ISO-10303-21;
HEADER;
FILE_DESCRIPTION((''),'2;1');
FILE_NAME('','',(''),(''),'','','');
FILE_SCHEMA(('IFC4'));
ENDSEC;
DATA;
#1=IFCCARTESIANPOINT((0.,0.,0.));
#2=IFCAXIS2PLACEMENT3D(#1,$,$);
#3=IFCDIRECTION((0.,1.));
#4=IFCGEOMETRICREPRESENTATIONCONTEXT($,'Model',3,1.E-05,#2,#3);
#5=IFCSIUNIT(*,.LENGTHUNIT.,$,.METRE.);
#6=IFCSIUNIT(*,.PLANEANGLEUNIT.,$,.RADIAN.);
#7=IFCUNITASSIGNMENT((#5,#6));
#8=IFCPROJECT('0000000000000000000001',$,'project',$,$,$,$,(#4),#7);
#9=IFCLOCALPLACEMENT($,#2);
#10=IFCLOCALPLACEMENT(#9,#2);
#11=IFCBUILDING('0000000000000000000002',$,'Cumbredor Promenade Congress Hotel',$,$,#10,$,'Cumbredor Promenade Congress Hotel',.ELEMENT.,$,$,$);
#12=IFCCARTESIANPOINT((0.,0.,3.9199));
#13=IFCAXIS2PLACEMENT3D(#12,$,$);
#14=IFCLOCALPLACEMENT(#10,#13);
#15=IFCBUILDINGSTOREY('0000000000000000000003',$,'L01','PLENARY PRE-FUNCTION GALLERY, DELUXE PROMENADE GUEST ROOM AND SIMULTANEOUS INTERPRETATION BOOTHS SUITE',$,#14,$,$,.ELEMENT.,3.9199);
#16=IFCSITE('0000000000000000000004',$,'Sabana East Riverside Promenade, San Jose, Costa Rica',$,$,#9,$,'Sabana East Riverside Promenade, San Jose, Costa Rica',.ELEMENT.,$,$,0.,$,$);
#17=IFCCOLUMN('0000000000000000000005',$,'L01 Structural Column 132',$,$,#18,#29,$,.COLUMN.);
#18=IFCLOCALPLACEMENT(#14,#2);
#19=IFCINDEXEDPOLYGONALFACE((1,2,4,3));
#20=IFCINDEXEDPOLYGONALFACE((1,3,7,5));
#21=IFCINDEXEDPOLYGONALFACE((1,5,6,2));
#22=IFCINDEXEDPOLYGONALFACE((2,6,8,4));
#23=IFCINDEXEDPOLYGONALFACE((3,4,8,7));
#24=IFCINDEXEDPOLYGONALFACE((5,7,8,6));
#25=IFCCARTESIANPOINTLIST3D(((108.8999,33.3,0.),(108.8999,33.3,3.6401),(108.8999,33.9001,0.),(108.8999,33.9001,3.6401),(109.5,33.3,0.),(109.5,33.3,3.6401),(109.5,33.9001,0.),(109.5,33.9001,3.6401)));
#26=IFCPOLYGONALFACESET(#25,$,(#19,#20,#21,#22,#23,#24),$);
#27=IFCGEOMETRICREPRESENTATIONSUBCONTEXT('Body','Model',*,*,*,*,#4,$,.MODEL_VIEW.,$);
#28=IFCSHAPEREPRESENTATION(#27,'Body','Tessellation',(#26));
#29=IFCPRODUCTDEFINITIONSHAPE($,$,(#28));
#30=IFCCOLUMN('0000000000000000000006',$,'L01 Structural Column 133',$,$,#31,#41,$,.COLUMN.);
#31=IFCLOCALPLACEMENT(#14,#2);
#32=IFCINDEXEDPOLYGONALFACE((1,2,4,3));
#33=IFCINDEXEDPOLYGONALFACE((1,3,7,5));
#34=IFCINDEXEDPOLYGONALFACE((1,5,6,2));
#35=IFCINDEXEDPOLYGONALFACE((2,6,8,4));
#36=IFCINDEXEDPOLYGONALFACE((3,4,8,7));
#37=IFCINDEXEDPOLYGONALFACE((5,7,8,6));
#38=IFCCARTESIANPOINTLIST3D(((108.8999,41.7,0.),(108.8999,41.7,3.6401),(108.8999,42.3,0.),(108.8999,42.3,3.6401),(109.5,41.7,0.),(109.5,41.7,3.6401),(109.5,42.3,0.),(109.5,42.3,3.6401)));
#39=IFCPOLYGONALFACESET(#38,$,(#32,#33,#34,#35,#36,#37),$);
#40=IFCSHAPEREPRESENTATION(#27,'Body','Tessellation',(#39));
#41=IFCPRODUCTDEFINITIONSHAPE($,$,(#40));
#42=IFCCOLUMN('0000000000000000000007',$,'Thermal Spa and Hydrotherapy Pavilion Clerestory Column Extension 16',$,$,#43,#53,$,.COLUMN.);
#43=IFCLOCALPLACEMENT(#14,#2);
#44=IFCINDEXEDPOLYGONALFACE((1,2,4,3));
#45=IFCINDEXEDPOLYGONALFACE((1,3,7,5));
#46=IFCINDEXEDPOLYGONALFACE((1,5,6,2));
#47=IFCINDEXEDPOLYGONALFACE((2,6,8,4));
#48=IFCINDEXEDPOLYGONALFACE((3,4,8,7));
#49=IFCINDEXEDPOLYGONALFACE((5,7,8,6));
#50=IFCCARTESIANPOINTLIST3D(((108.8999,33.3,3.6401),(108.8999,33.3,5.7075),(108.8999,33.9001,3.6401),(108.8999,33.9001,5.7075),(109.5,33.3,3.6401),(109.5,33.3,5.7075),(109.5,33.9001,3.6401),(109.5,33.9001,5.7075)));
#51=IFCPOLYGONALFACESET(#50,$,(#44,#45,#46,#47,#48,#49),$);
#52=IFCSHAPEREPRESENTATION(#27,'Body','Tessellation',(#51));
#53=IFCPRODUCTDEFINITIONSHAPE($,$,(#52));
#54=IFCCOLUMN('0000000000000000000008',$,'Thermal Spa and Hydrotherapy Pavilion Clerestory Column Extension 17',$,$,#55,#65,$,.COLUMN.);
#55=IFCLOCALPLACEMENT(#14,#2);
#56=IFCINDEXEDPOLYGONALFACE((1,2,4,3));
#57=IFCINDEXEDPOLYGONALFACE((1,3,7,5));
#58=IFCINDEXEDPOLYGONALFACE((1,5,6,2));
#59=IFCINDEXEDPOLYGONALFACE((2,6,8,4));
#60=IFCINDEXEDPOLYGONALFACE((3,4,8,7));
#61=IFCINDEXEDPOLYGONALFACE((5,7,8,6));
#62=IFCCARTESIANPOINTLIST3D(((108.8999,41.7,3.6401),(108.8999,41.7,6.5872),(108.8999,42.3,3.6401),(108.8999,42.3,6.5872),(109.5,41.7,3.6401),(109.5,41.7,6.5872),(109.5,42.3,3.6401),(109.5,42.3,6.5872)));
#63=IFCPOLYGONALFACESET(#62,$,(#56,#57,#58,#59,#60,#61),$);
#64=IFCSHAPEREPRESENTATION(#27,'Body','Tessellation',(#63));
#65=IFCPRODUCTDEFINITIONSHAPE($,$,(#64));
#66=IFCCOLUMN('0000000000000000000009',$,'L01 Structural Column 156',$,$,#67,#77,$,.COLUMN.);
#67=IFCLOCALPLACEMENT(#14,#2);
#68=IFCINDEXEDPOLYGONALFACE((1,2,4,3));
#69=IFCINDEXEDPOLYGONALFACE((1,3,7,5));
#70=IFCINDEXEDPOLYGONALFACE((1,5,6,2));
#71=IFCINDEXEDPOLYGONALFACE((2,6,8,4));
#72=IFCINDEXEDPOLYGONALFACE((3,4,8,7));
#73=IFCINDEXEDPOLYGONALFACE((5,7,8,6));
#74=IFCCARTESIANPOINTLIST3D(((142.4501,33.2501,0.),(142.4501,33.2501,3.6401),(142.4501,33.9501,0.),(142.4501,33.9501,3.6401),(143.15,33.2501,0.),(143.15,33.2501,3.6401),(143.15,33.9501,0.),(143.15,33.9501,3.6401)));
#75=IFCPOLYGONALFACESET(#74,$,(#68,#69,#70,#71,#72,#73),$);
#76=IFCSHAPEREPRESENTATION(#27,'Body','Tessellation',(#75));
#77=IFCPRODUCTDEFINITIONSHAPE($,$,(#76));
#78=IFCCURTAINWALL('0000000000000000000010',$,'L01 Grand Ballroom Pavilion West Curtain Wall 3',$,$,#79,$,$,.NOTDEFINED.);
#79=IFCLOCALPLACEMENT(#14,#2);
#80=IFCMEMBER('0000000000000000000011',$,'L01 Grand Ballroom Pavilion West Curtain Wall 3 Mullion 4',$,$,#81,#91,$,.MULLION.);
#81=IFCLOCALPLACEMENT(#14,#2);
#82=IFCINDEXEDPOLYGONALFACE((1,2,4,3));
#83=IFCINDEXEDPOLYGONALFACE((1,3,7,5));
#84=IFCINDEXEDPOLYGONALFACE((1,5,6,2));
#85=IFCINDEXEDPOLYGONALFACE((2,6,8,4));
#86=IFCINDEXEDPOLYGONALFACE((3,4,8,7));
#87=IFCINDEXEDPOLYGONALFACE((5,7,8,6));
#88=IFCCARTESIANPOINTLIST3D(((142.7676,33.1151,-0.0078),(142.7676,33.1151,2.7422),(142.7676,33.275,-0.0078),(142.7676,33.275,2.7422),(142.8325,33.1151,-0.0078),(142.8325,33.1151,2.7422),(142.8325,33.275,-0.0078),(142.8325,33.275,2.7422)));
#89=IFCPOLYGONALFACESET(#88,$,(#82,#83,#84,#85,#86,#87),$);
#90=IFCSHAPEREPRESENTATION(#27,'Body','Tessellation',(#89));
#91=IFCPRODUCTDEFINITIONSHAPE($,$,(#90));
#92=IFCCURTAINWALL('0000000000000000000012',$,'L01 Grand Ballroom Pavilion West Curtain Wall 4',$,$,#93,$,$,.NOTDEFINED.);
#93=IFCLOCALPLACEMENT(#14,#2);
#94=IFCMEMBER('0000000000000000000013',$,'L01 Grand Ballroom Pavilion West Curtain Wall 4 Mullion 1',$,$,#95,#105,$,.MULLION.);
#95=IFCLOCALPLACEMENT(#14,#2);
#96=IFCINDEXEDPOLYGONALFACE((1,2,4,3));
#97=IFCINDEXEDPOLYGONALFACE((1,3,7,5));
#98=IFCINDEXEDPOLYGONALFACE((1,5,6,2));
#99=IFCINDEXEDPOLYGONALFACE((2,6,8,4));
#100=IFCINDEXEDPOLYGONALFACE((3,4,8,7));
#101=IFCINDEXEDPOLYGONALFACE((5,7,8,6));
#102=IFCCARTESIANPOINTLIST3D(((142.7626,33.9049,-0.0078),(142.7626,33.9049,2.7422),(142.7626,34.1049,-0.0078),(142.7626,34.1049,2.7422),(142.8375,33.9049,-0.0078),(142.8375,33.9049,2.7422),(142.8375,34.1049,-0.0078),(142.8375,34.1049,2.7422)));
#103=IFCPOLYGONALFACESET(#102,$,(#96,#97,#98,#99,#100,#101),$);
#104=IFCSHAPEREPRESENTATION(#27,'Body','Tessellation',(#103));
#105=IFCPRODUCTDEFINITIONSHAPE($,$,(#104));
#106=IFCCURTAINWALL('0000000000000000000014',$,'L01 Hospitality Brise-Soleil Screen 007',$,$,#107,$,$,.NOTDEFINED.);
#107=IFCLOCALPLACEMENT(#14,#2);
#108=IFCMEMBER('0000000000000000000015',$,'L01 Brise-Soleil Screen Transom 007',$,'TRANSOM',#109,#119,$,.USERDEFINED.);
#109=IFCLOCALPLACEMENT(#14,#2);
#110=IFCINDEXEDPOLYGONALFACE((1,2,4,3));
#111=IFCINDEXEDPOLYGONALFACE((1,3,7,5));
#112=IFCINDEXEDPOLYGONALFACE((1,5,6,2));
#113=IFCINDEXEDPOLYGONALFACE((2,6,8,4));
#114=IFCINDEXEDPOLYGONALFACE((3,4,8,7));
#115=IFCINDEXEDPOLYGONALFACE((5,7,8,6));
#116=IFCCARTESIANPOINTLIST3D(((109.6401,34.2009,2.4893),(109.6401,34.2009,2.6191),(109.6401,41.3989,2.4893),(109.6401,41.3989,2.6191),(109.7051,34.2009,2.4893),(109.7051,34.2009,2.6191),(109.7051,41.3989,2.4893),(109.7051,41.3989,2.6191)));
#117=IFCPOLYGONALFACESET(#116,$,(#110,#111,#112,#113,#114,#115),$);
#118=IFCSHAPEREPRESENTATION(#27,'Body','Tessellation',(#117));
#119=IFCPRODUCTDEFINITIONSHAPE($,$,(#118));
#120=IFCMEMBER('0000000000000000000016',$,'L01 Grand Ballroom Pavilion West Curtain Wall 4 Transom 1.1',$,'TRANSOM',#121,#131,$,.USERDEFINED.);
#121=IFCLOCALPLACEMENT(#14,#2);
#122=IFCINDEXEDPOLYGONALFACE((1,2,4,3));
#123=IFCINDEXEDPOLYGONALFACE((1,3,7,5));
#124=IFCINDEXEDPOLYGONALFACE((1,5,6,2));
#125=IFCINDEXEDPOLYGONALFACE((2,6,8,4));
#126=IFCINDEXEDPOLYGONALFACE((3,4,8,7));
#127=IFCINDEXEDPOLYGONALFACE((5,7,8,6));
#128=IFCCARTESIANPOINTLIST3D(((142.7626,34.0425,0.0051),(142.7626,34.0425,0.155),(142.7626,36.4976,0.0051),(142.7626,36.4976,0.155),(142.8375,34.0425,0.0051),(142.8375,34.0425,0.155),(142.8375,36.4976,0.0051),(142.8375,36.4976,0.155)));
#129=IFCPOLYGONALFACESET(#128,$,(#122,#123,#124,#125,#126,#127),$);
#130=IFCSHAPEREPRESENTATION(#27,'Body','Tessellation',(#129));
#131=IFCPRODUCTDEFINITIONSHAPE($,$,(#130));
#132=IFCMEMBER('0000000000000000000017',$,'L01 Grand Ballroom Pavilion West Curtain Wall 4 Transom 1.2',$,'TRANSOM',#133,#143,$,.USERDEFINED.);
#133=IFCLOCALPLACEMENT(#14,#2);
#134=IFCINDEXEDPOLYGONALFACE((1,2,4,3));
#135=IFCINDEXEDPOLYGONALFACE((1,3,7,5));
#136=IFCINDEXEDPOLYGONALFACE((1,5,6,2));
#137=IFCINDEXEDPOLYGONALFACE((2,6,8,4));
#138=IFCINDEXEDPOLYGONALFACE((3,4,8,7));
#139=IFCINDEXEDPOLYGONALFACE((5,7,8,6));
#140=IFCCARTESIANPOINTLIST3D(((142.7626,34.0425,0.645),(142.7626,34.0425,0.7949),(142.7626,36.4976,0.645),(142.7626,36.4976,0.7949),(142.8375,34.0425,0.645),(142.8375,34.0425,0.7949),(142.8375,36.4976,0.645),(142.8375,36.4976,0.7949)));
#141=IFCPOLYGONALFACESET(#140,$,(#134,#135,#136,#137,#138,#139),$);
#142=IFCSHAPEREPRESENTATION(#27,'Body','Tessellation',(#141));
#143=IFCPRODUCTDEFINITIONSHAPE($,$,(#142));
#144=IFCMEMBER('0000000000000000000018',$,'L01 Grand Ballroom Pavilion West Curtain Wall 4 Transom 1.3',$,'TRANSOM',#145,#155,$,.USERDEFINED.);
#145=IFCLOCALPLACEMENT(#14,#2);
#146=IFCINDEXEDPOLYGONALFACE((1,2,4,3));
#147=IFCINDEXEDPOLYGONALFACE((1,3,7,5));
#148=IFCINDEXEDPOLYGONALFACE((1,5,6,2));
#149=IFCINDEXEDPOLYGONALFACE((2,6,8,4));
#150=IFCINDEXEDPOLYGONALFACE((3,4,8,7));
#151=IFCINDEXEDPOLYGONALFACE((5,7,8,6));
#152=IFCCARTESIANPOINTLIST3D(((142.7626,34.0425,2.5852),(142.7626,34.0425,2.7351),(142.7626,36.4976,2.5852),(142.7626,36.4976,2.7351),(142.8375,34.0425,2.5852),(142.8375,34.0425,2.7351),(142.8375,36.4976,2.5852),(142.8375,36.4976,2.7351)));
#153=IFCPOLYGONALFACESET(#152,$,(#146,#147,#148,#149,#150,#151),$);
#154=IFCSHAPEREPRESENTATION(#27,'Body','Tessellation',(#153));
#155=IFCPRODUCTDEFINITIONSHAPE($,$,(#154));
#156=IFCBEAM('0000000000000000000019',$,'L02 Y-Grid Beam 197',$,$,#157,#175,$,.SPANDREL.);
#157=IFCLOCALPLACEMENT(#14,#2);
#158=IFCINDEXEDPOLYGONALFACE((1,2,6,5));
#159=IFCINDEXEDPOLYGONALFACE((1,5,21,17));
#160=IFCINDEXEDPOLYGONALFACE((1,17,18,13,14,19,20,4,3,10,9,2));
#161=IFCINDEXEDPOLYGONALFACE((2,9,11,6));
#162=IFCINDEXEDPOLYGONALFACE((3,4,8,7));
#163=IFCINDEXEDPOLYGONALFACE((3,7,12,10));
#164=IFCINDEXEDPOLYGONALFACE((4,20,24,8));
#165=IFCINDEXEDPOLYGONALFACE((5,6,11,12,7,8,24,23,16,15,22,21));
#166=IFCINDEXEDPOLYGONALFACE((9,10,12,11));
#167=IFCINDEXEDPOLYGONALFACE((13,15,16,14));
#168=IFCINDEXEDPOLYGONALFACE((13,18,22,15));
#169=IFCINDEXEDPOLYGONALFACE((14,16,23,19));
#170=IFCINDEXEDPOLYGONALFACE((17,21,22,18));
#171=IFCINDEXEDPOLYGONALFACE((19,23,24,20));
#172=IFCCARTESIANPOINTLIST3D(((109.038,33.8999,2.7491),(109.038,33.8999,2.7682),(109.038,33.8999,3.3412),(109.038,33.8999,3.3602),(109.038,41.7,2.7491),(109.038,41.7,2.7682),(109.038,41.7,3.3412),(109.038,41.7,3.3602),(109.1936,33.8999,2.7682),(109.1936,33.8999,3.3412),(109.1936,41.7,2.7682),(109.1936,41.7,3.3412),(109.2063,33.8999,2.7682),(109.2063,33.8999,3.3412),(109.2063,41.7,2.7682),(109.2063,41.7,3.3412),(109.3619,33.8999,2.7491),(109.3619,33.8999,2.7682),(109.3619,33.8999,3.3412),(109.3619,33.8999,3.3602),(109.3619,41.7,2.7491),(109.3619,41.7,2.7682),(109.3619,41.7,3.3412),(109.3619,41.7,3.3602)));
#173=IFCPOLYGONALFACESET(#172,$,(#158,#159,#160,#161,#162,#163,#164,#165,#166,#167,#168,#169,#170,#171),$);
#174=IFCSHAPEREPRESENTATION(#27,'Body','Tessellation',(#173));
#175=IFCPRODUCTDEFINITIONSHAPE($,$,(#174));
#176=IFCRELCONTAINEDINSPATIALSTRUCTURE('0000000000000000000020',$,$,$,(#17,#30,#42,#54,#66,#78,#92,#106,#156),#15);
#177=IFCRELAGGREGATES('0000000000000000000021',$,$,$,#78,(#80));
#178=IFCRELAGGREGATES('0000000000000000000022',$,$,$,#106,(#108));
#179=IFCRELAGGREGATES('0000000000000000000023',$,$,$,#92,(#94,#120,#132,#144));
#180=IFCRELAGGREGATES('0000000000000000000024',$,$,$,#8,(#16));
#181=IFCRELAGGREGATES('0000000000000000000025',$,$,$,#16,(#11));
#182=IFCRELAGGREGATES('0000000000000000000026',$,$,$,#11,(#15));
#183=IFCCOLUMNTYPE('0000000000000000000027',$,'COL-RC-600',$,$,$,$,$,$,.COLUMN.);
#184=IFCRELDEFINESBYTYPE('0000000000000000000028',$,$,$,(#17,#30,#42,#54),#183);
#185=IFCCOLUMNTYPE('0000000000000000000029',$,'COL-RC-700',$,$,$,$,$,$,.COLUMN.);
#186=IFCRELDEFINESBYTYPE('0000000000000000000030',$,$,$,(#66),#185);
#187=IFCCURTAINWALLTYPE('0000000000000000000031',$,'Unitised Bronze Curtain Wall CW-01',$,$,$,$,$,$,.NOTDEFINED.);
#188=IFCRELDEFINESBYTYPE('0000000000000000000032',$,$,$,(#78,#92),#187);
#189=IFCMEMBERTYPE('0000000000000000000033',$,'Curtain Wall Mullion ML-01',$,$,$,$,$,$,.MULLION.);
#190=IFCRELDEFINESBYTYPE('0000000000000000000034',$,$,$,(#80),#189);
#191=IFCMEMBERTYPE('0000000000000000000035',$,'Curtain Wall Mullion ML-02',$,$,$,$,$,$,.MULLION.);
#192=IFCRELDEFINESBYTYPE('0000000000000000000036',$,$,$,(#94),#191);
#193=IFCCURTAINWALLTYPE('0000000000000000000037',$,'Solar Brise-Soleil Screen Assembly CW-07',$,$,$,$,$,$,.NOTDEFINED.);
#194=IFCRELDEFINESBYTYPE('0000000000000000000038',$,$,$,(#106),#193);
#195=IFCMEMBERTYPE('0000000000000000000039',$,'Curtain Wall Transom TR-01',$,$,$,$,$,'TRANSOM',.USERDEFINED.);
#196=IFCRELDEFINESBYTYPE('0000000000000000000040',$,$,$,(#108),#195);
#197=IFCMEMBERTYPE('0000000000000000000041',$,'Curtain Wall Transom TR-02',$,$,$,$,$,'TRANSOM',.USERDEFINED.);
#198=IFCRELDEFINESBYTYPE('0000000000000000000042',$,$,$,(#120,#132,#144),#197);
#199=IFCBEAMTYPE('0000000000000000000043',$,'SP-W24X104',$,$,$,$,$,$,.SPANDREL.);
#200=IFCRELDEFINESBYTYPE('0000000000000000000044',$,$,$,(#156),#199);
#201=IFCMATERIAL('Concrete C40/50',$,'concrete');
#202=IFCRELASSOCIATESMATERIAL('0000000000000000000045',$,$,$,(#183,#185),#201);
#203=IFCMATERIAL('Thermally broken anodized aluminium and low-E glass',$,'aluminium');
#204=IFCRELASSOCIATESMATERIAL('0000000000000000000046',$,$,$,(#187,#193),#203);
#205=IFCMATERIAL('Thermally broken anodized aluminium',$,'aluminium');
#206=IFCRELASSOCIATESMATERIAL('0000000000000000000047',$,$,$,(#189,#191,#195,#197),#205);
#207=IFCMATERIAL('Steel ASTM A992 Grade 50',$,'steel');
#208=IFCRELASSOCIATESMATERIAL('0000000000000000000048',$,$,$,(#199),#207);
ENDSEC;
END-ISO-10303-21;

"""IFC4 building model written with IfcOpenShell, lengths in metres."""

from ifc_helpers import new_model, si_unit, direction, frame, origin, origin_2d, place, context, subcontext, project, spatial, rectangle, i_section, extrude, material, material_profile, profile_set, type_object, element, aggregate, save


model = new_model("IFC4")

# Units and contexts
model_context = context("Model", 3, precision=1e-05, world=origin(), true_north=direction((0.0, 1.0)))
body_context = subcontext(model_context, "Body", "Model", "MODEL_VIEW")
ifc_project = project(units=[si_unit("LENGTHUNIT", "METRE"), si_unit("PLANEANGLEUNIT", "RADIAN")], contexts=[model_context])

# Site, building, storey
site_placement = place(None, origin())
site = spatial("IfcSite", under=ifc_project, at=site_placement, Name="Sabana East Riverside Promenade, San Jose, Costa Rica", LongName="Sabana East Riverside Promenade, San Jose, Costa Rica", CompositionType="ELEMENT", RefElevation=0.0)
building_placement = place(site_placement, origin())
building = spatial("IfcBuilding", under=site, at=building_placement, Name="Cumbredor Promenade Congress Hotel", LongName="Cumbredor Promenade Congress Hotel", CompositionType="ELEMENT")
storey_placement = place(building_placement, frame((0.0, 0.0, 3.9199)))
storey = spatial("IfcBuildingStorey", under=building, at=storey_placement, Name="L01", Description="PLENARY PRE-FUNCTION GALLERY, DELUXE PROMENADE GUEST ROOM AND SIMULTANEOUS INTERPRETATION BOOTHS SUITE", CompositionType="ELEMENT", Elevation=3.9199)

# Columns
ifc_material_1 = material(Name="Concrete C40/50", Category="concrete")
ifc_material_profile_1 = material_profile(ifc_material_1, rectangle(XDim=0.6001, YDim=0.6001, at=origin_2d()), Name="RC 600x600")
ifc_profile_set_1 = profile_set([ifc_material_profile_1], Name="Concrete C40/50")
column_type_1 = type_object("IfcColumnType", Name="COL-RC-600", PredefinedType="COLUMN", material=ifc_profile_set_1)
for number, where, z_axis, x_axis, name in (
    (1, (109.2, 33.6001, 0.0), (0.0, 0.0, 1.0), (1.0, 0.0, 0.0), "L01 Structural Column 132"),
    (2, (109.2, 42.0, 0.0), (0.0, 0.0, 1.0), (1.0, 0.0, 0.0), "L01 Structural Column 133"),
):
    element("IfcColumn", number, at=place(storey_placement, frame(where, z_axis=z_axis, x_axis=x_axis)), inside=storey, type_object=column_type_1, Name=name, PredefinedType="COLUMN", context=body_context, shape_type="SweptSolid", body=[
        extrude(rectangle(XDim=0.6001, YDim=0.6001, at=origin_2d()), origin(), (0.0, 0.0, 1.0), 3.6401),
    ])
column_1_placement = place(storey_placement, frame((109.2, 33.6001, 3.6401), z_axis=(0.0, 0.0, 1.0), x_axis=(1.0, 0.0, 0.0)))
element("IfcColumn", 3, at=column_1_placement, inside=storey, type_object=column_type_1, Name="Thermal Spa and Hydrotherapy Pavilion Clerestory Column Extension 16", PredefinedType="COLUMN", context=body_context, shape_type="SweptSolid", body=[
    extrude(rectangle(XDim=0.6001, YDim=0.6001, at=origin_2d()), origin(), (0.0, 0.0, 1.0), 2.0674),
])
column_2_placement = place(storey_placement, frame((109.2, 42.0, 3.6401), z_axis=(0.0, 0.0, 1.0), x_axis=(1.0, 0.0, 0.0)))
element("IfcColumn", 4, at=column_2_placement, inside=storey, type_object=column_type_1, Name="Thermal Spa and Hydrotherapy Pavilion Clerestory Column Extension 17", PredefinedType="COLUMN", context=body_context, shape_type="SweptSolid", body=[
    extrude(rectangle(XDim=0.6001, YDim=0.6001, at=origin_2d()), origin(), (0.0, 0.0, 1.0), 2.947),
])
ifc_material_profile_2 = material_profile(ifc_material_1, rectangle(XDim=0.7, YDim=0.7, at=origin_2d()), Name="RC 700x700")
ifc_profile_set_2 = profile_set([ifc_material_profile_2], Name="Concrete C40/50")
column_type_2 = type_object("IfcColumnType", Name="COL-RC-700", PredefinedType="COLUMN", material=ifc_profile_set_2)
column_3_placement = place(storey_placement, frame((142.8, 33.6001, 0.0), z_axis=(0.0, 0.0, 1.0), x_axis=(1.0, 0.0, 0.0)))
element("IfcColumn", 5, at=column_3_placement, inside=storey, type_object=column_type_2, Name="L01 Structural Column 156", PredefinedType="COLUMN", context=body_context, shape_type="SweptSolid", body=[
    extrude(rectangle(XDim=0.7, YDim=0.7, at=origin_2d()), origin(), (0.0, 0.0, 1.0), 3.6401),
])

# Curtain walls, members
ifc_material_2 = material(Name="Thermally broken anodized aluminium and low-E glass", Category="aluminium")
curtain_wall_type_1 = type_object("IfcCurtainWallType", Name="Unitised Bronze Curtain Wall CW-01", PredefinedType="NOTDEFINED", material=ifc_material_2)
curtain_wall_1_placement = place(storey_placement, origin())
curtain_wall_1 = element("IfcCurtainWall", 6, at=curtain_wall_1_placement, inside=storey, type_object=curtain_wall_type_1, Name="L01 Grand Ballroom Pavilion West Curtain Wall 3", PredefinedType="NOTDEFINED")
ifc_material_3 = material(Name="Thermally broken anodized aluminium", Category="aluminium")
ifc_material_profile_3 = material_profile(ifc_material_3, rectangle(XDim=0.0649, YDim=0.1599, at=origin_2d()), Name="ALU MULLION 65x160")
ifc_profile_set_3 = profile_set([ifc_material_profile_3], Name="Thermally broken anodized aluminium")
member_type_1 = type_object("IfcMemberType", Name="Curtain Wall Mullion ML-01", PredefinedType="MULLION", material=ifc_profile_set_3)
member_1_placement = place(storey_placement, frame((142.8, 33.1951, -0.0078), z_axis=(0.0, 0.0, 1.0), x_axis=(1.0, 0.0, 0.0)))
member_1 = element("IfcMember", 7, at=member_1_placement, type_object=member_type_1, Name="L01 Grand Ballroom Pavilion West Curtain Wall 3 Mullion 4", PredefinedType="MULLION", context=body_context, shape_type="SweptSolid", body=[
    extrude(rectangle(XDim=0.0649, YDim=0.1599, at=origin_2d()), origin(), (0.0, 0.0, 1.0), 2.75),
])
aggregate(curtain_wall_1, [member_1])
curtain_wall_2_placement = place(storey_placement, origin())
curtain_wall_2 = element("IfcCurtainWall", 8, at=curtain_wall_2_placement, inside=storey, type_object=curtain_wall_type_1, Name="L01 Grand Ballroom Pavilion West Curtain Wall 4", PredefinedType="NOTDEFINED")
ifc_material_profile_4 = material_profile(ifc_material_3, rectangle(XDim=0.075, YDim=0.2, at=origin_2d()), Name="ALU MULLION 75x200")
ifc_profile_set_4 = profile_set([ifc_material_profile_4], Name="Thermally broken anodized aluminium")
member_type_2 = type_object("IfcMemberType", Name="Curtain Wall Mullion ML-02", PredefinedType="MULLION", material=ifc_profile_set_4)
member_2_placement = place(storey_placement, frame((142.8, 34.0049, -0.0078), z_axis=(0.0, 0.0, 1.0), x_axis=(1.0, 0.0, 0.0)))
member_2 = element("IfcMember", 9, at=member_2_placement, type_object=member_type_2, Name="L01 Grand Ballroom Pavilion West Curtain Wall 4 Mullion 1", PredefinedType="MULLION", context=body_context, shape_type="SweptSolid", body=[
    extrude(rectangle(XDim=0.075, YDim=0.2, at=origin_2d()), origin(), (0.0, 0.0, 1.0), 2.75),
])
curtain_wall_type_2 = type_object("IfcCurtainWallType", Name="Solar Brise-Soleil Screen Assembly CW-07", PredefinedType="NOTDEFINED", material=ifc_material_2)
curtain_wall_3_placement = place(storey_placement, origin())
curtain_wall_3 = element("IfcCurtainWall", 10, at=curtain_wall_3_placement, inside=storey, type_object=curtain_wall_type_2, Name="L01 Hospitality Brise-Soleil Screen 007", PredefinedType="NOTDEFINED")
ifc_material_profile_5 = material_profile(ifc_material_3, rectangle(XDim=0.0649, YDim=0.1299, at=origin_2d()), Name="ALU TRANSOM 65x130")
ifc_profile_set_5 = profile_set([ifc_material_profile_5], Name="Thermally broken anodized aluminium")
member_type_3 = type_object("IfcMemberType", Name="Curtain Wall Transom TR-01", ElementType="TRANSOM", PredefinedType="USERDEFINED", material=ifc_profile_set_5)
member_3_placement = place(storey_placement, frame((109.6726, 34.2009, 2.5542), z_axis=(0.0, 1.0, 0.0), x_axis=(-1.0, 0.0, 0.0)))
member_3 = element("IfcMember", 11, at=member_3_placement, type_object=member_type_3, Name="L01 Brise-Soleil Screen Transom 007", ObjectType="TRANSOM", PredefinedType="USERDEFINED", context=body_context, shape_type="SweptSolid", body=[
    extrude(rectangle(XDim=0.0649, YDim=0.1299, at=origin_2d()), origin(), (0.0, 0.0, 1.0), 7.198),
])

# Members
ifc_material_profile_6 = material_profile(ifc_material_3, rectangle(XDim=0.075, YDim=0.1499, at=origin_2d()), Name="ALU TRANSOM 75x150")
ifc_profile_set_6 = profile_set([ifc_material_profile_6], Name="Thermally broken anodized aluminium")
member_type_4 = type_object("IfcMemberType", Name="Curtain Wall Transom TR-02", ElementType="TRANSOM", PredefinedType="USERDEFINED", material=ifc_profile_set_6)
member_4_placement = place(storey_placement, frame((142.8, 34.0425, 0.0801), z_axis=(0.0, 1.0, 0.0), x_axis=(-1.0, 0.0, 0.0)))
member_4 = element("IfcMember", 12, at=member_4_placement, type_object=member_type_4, Name="L01 Grand Ballroom Pavilion West Curtain Wall 4 Transom 1.1", ObjectType="TRANSOM", PredefinedType="USERDEFINED", context=body_context, shape_type="SweptSolid", body=[
    extrude(rectangle(XDim=0.075, YDim=0.1499, at=origin_2d()), origin(), (0.0, 0.0, 1.0), 2.4551),
])
member_5_placement = place(storey_placement, frame((142.8, 34.0425, 0.72), z_axis=(0.0, 1.0, 0.0), x_axis=(-1.0, 0.0, 0.0)))
member_5 = element("IfcMember", 13, at=member_5_placement, type_object=member_type_4, Name="L01 Grand Ballroom Pavilion West Curtain Wall 4 Transom 1.2", ObjectType="TRANSOM", PredefinedType="USERDEFINED", context=body_context, shape_type="SweptSolid", body=[
    extrude(rectangle(XDim=0.075, YDim=0.1499, at=origin_2d()), origin(), (0.0, 0.0, 1.0), 2.4551),
])
member_6_placement = place(storey_placement, frame((142.8, 34.0425, 2.6602), z_axis=(0.0, 1.0, 0.0), x_axis=(-1.0, 0.0, 0.0)))
member_6 = element("IfcMember", 14, at=member_6_placement, type_object=member_type_4, Name="L01 Grand Ballroom Pavilion West Curtain Wall 4 Transom 1.3", ObjectType="TRANSOM", PredefinedType="USERDEFINED", context=body_context, shape_type="SweptSolid", body=[
    extrude(rectangle(XDim=0.075, YDim=0.1499, at=origin_2d()), origin(), (0.0, 0.0, 1.0), 2.4551),
])

# Beam
ifc_material_4 = material(Name="Steel ASTM A992 Grade 50", Category="steel")
ifc_material_profile_7 = material_profile(ifc_material_4, i_section(OverallWidth=0.324, OverallDepth=0.6111, WebThickness=0.0127, FlangeThickness=0.019, at=origin_2d()), Name="W24X104")
ifc_profile_set_7 = profile_set([ifc_material_profile_7], Name="Steel ASTM A992 Grade 50")
beam_type = type_object("IfcBeamType", Name="SP-W24X104", PredefinedType="SPANDREL", material=ifc_profile_set_7)
for number, where, z_axis, x_axis, name in (
    (15, (109.2, 33.8999, 3.0547), (0.0, 1.0, 0.0), (-1.0, 0.0, 0.0), "L02 Y-Grid Beam 197"),
):
    element("IfcBeam", number, at=place(storey_placement, frame(where, z_axis=z_axis, x_axis=x_axis)), inside=storey, type_object=beam_type, Name=name, PredefinedType="SPANDREL", context=body_context, shape_type="SweptSolid", body=[
        extrude(i_section(OverallWidth=0.324, OverallDepth=0.6111, WebThickness=0.0127, FlangeThickness=0.019, at=origin_2d()), origin(), (0.0, 0.0, 1.0), 7.8),
    ])

aggregate(curtain_wall_3, [member_3])
aggregate(curtain_wall_2, [member_2, member_4, member_5, member_6])

save(model, "model.ifc")
